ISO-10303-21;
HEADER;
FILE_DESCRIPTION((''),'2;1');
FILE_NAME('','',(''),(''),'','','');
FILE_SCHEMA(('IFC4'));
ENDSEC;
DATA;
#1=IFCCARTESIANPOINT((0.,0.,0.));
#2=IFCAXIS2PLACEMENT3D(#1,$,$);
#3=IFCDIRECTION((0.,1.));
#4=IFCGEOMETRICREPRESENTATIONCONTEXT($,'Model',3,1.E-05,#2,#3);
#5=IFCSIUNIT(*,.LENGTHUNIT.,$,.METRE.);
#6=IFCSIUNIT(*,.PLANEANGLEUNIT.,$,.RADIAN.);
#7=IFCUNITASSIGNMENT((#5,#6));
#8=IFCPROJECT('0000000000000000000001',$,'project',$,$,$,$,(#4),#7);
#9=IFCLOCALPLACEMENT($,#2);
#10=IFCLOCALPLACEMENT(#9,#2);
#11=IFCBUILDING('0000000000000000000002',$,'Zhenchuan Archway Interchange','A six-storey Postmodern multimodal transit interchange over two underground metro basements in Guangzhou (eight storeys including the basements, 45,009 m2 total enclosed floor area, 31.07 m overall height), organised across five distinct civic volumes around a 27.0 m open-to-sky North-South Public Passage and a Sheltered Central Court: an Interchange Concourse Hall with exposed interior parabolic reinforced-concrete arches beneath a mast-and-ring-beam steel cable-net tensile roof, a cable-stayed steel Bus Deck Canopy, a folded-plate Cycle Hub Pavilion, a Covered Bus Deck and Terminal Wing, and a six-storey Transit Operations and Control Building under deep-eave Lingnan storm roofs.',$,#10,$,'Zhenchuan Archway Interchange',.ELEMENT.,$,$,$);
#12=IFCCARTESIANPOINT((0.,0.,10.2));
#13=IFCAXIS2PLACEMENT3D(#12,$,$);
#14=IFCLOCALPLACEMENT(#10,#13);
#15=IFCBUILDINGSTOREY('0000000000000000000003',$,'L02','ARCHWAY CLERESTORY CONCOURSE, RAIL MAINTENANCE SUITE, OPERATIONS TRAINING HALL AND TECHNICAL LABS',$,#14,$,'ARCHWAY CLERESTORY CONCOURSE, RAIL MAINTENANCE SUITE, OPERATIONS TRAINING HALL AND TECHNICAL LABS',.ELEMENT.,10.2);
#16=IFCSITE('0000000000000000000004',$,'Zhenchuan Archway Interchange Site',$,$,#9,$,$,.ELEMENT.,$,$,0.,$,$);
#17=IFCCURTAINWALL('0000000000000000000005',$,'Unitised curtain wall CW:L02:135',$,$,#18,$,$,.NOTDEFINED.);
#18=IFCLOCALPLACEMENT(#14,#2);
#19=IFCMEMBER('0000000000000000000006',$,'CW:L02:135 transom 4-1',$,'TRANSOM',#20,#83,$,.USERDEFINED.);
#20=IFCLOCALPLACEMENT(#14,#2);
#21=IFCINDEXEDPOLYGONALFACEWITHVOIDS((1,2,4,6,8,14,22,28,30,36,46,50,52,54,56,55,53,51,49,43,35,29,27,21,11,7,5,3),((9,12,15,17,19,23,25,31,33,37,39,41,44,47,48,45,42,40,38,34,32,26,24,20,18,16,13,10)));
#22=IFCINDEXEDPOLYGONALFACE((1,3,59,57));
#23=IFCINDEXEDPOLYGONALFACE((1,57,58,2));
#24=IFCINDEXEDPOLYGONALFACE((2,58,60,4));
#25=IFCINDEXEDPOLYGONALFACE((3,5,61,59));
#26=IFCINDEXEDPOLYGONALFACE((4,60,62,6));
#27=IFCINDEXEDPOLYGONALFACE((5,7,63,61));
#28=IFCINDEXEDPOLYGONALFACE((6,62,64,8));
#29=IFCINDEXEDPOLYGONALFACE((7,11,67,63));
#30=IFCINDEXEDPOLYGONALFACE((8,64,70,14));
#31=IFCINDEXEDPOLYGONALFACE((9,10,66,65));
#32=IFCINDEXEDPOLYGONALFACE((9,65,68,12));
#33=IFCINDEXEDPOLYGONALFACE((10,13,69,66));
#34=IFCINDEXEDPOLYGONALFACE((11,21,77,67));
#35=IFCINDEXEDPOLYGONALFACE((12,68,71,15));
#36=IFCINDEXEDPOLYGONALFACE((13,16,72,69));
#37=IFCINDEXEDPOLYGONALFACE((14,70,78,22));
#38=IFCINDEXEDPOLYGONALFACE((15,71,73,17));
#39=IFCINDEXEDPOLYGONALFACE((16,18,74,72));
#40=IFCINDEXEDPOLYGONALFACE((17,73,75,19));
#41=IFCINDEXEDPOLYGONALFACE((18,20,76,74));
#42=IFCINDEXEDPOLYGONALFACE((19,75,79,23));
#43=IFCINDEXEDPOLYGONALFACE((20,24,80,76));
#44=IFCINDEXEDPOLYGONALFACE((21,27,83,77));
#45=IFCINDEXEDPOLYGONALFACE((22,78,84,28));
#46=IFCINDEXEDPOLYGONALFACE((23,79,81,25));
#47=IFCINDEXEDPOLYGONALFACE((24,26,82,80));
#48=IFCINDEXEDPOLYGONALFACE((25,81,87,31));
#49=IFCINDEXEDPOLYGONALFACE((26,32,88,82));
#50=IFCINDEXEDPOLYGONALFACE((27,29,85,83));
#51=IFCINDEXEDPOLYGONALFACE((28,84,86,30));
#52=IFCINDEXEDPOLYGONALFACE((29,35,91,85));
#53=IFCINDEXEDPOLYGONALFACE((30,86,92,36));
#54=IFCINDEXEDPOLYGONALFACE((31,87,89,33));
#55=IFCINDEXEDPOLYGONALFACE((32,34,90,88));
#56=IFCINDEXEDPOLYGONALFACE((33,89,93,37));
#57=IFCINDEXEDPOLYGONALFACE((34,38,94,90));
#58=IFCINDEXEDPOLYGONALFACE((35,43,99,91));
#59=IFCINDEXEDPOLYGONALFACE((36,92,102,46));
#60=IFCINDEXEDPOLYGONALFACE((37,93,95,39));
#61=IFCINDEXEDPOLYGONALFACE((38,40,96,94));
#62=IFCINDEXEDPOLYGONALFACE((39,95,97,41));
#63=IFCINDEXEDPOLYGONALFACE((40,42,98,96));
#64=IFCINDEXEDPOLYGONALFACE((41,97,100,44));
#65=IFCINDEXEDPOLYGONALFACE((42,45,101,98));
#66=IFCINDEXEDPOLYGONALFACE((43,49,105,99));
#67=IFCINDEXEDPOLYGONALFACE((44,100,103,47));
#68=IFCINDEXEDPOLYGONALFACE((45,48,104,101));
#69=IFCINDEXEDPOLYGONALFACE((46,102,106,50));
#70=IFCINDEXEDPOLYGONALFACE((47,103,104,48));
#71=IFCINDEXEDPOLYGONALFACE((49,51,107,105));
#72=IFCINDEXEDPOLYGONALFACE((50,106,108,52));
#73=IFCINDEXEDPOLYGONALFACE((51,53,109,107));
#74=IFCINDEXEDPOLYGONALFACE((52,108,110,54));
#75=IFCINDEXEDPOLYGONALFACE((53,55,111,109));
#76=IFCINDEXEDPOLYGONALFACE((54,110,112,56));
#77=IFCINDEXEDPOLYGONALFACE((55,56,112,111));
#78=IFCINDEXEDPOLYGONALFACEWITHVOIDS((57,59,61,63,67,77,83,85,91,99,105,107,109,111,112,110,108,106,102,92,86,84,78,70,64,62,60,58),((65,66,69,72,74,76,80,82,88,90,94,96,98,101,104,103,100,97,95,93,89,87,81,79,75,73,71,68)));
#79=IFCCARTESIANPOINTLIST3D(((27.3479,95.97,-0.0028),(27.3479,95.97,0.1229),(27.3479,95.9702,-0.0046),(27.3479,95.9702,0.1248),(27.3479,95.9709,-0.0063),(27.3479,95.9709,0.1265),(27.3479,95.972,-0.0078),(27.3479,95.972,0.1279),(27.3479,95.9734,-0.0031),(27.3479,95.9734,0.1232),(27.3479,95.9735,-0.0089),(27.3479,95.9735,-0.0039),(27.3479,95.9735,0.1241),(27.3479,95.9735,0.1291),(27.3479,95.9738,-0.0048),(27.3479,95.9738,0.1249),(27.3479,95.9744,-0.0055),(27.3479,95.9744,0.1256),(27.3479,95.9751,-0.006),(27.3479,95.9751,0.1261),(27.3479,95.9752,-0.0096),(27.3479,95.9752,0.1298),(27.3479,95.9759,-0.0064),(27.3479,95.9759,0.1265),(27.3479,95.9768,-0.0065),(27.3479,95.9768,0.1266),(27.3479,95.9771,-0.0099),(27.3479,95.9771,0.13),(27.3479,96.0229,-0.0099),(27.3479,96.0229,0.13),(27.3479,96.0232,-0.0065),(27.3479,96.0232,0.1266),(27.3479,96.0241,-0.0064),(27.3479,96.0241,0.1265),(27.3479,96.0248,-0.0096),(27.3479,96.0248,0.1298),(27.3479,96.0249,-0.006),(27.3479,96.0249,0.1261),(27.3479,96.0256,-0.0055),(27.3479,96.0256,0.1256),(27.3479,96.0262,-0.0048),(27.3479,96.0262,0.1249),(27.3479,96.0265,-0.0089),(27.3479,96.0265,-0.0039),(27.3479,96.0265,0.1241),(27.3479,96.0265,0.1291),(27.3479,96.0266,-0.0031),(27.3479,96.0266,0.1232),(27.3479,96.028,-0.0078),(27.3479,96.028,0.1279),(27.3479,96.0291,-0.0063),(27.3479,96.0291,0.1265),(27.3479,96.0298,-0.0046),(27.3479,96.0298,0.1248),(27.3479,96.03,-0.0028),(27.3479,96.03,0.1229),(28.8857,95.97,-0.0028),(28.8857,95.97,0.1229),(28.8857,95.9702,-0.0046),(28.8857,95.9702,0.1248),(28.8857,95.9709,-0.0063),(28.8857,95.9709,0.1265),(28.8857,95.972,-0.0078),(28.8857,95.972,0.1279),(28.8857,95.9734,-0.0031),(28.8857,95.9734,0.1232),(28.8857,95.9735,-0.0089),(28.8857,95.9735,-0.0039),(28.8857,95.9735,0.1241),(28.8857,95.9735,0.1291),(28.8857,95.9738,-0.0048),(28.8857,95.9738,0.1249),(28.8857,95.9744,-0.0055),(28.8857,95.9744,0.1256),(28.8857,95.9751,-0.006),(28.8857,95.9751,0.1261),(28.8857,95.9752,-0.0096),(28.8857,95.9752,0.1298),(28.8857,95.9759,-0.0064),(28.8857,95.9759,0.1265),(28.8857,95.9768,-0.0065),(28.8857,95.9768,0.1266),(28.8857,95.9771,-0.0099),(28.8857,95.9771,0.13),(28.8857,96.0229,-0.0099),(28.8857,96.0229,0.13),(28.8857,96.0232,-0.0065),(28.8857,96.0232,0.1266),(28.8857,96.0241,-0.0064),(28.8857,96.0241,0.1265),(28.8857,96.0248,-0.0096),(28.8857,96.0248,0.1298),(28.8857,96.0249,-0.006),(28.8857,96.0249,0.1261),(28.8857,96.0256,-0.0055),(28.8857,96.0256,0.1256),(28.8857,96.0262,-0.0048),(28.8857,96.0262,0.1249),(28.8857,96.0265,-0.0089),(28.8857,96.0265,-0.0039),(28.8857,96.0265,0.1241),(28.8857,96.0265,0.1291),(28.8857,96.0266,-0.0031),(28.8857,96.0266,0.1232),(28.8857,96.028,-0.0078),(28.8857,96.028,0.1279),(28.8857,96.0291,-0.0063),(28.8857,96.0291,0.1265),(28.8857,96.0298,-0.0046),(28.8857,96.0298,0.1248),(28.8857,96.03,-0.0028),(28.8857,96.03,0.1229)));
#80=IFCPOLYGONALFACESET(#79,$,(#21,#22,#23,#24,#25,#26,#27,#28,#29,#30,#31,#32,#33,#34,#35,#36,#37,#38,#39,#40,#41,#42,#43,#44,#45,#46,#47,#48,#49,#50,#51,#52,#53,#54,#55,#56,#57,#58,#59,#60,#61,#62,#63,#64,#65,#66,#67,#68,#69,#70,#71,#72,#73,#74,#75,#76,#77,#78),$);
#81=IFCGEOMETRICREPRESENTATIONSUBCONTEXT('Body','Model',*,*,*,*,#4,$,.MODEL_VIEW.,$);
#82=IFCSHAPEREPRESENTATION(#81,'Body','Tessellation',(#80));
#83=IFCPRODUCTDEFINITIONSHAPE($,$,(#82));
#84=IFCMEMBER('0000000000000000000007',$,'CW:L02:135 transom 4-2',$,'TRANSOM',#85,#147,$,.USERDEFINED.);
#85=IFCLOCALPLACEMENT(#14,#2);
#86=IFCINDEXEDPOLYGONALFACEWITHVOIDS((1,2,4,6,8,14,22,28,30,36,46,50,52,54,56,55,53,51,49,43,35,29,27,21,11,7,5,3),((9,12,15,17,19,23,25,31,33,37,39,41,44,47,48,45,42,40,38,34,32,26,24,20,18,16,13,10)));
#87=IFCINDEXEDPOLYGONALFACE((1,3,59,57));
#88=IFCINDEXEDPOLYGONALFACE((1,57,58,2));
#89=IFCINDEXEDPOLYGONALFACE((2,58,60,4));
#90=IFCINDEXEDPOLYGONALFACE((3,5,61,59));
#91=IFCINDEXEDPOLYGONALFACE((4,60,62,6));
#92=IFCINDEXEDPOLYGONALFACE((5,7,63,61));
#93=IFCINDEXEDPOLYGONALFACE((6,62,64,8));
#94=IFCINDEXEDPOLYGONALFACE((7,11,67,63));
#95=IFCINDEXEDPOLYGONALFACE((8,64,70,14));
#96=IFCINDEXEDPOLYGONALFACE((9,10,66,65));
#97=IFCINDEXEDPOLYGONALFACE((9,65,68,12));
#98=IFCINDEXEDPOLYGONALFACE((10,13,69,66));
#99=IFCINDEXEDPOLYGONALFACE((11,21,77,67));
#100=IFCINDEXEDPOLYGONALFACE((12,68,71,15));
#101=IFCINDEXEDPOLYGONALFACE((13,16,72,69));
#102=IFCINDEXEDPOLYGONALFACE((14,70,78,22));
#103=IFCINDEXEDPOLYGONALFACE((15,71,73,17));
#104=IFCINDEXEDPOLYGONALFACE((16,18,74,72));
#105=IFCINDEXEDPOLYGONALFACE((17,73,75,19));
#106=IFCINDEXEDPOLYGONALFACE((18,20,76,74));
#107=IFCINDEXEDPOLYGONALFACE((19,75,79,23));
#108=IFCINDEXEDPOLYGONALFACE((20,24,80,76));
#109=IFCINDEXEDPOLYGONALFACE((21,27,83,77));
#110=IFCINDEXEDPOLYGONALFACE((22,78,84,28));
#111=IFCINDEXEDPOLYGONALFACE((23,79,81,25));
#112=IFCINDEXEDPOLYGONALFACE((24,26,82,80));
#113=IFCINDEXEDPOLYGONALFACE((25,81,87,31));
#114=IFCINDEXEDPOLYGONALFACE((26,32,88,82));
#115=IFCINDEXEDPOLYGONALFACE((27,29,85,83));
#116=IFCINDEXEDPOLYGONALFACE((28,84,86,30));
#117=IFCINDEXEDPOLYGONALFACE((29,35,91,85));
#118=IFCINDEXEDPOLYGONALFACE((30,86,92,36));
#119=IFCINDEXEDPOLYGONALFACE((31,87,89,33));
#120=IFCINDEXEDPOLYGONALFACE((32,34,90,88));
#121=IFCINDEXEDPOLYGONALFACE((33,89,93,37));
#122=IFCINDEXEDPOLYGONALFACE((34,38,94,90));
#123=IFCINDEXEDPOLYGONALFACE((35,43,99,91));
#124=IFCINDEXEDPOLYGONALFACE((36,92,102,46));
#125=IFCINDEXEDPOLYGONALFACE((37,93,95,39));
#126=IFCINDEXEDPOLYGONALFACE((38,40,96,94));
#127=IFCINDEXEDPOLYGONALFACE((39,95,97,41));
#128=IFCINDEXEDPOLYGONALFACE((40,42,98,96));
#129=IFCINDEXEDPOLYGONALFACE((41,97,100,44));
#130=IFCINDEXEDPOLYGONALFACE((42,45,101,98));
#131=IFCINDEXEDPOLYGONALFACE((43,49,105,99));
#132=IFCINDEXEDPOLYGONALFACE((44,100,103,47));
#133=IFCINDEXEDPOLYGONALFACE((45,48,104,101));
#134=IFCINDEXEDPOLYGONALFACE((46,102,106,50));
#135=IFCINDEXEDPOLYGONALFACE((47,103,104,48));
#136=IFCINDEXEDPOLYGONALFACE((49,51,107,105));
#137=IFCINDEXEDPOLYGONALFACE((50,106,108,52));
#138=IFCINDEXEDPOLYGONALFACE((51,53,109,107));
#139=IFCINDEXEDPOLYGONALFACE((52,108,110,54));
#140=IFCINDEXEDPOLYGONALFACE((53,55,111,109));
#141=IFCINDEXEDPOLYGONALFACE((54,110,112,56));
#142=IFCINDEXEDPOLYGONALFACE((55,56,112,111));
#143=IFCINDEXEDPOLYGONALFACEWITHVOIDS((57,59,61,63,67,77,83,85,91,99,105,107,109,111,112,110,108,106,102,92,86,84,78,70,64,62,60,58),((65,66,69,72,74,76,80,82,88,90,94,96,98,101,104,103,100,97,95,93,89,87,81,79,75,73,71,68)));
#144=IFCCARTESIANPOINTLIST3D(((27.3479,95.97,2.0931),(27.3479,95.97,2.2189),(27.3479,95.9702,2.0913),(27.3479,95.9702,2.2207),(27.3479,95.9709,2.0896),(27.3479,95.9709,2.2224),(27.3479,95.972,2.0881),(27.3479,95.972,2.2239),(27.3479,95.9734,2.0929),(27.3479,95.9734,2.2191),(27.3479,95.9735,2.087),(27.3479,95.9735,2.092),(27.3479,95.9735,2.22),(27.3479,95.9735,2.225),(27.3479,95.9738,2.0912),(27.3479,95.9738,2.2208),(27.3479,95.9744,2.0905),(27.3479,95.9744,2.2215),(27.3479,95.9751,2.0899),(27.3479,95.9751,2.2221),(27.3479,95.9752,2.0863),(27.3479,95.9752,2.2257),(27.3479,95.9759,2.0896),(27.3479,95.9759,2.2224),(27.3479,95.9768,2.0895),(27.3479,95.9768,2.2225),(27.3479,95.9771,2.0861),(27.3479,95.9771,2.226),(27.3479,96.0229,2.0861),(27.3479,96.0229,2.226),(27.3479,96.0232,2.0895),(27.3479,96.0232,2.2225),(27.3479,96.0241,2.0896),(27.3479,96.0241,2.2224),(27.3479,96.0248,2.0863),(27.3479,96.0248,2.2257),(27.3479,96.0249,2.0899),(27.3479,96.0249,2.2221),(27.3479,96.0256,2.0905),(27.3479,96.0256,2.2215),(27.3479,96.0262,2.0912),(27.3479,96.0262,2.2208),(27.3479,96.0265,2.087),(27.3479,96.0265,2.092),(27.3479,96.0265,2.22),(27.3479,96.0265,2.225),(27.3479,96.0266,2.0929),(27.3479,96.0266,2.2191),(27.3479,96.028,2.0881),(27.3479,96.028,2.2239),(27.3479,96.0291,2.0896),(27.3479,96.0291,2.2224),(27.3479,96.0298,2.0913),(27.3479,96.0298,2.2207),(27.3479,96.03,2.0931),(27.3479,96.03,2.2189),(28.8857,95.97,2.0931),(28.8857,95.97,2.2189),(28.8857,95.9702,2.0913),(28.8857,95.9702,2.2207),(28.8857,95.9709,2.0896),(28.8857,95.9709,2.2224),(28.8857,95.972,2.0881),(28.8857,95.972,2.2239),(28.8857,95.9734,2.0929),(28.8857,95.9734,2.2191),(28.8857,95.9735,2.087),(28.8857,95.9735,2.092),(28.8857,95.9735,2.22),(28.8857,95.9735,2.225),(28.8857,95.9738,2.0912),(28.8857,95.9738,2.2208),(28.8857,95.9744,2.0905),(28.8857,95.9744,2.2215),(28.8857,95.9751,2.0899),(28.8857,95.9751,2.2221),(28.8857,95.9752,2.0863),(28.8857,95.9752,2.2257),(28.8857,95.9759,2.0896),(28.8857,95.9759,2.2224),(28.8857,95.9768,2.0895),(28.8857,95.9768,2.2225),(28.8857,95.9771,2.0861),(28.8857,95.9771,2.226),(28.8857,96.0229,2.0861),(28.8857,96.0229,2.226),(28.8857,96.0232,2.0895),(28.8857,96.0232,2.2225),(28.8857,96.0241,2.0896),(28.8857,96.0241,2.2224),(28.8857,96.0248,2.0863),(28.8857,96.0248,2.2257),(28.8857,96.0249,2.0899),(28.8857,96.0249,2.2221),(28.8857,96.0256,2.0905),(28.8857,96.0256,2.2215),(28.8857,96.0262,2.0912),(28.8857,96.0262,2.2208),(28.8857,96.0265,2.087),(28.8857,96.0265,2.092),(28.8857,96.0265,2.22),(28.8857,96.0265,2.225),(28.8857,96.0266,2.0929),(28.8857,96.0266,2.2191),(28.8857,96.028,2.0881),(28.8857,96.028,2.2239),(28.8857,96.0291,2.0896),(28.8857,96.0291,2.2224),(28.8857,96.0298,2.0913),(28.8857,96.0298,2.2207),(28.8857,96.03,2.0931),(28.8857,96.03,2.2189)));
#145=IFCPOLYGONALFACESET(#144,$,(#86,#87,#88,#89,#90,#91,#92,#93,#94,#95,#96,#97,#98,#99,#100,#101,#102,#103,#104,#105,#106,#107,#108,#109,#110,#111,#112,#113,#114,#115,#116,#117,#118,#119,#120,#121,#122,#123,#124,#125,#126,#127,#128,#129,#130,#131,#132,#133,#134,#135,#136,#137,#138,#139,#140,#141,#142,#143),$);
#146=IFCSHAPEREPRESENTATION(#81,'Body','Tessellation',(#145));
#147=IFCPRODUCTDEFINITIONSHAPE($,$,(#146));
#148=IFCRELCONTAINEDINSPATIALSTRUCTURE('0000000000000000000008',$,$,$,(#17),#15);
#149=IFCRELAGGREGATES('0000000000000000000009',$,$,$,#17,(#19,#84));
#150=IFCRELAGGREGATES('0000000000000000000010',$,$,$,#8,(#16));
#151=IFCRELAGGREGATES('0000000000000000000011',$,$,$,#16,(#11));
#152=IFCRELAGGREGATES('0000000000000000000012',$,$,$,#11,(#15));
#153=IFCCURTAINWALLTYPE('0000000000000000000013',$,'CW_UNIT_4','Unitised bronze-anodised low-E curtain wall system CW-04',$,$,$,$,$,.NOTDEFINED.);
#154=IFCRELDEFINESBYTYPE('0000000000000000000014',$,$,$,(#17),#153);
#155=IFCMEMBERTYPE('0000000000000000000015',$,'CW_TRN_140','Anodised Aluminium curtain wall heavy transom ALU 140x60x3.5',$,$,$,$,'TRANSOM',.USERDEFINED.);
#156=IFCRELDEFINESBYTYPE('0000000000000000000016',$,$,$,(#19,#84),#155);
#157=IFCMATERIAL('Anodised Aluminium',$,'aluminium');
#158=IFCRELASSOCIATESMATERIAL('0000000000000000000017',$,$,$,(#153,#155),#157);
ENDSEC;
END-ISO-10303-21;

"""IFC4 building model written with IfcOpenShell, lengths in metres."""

from ifc_helpers import new_model, si_unit, direction, frame, origin, origin_2d, place, context, subcontext, project, spatial, hollow_rectangle, extrude, material, material_profile, profile_set, type_object, element, aggregate, save


model = new_model("IFC4")

# Units and contexts
model_context = context("Model", 3, precision=1e-05, world=origin(), true_north=direction((0.0, 1.0)))
body_context = subcontext(model_context, "Body", "Model", "MODEL_VIEW")
ifc_project = project(units=[si_unit("LENGTHUNIT", "METRE"), si_unit("PLANEANGLEUNIT", "RADIAN")], contexts=[model_context])

# Site, building, storey
site_placement = place(None, origin())
site = spatial("IfcSite", under=ifc_project, at=site_placement, Name="Zhenchuan Archway Interchange Site", CompositionType="ELEMENT", RefElevation=0.0)
building_placement = place(site_placement, origin())
building = spatial("IfcBuilding", under=site, at=building_placement, Name="Zhenchuan Archway Interchange", Description="A six-storey Postmodern multimodal transit interchange over two underground metro basements in Guangzhou (eight storeys including the basements, 45,009 m2 total enclosed floor area, 31.07 m overall height), organised across five distinct civic volumes around a 27.0 m open-to-sky North-South Public Passage and a Sheltered Central Court: an Interchange Concourse Hall with exposed interior parabolic reinforced-concrete arches beneath a mast-and-ring-beam steel cable-net tensile roof, a cable-stayed steel Bus Deck Canopy, a folded-plate Cycle Hub Pavilion, a Covered Bus Deck and Terminal Wing, and a six-storey Transit Operations and Control Building under deep-eave Lingnan storm roofs.", LongName="Zhenchuan Archway Interchange", CompositionType="ELEMENT")
storey_placement = place(building_placement, frame((0.0, 0.0, 10.2)))
storey = spatial("IfcBuildingStorey", under=building, at=storey_placement, Name="L02", Description="ARCHWAY CLERESTORY CONCOURSE, RAIL MAINTENANCE SUITE, OPERATIONS TRAINING HALL AND TECHNICAL LABS", LongName="ARCHWAY CLERESTORY CONCOURSE, RAIL MAINTENANCE SUITE, OPERATIONS TRAINING HALL AND TECHNICAL LABS", CompositionType="ELEMENT", Elevation=10.2)

# Curtain wall
ifc_material_1 = material(Name="Anodised Aluminium", Category="aluminium")
curtain_wall_type_1 = type_object("IfcCurtainWallType", Name="CW_UNIT_4", Description="Unitised bronze-anodised low-E curtain wall system CW-04", PredefinedType="NOTDEFINED", material=ifc_material_1)
curtain_wall_1_placement = place(storey_placement, origin())
curtain_wall_1 = element("IfcCurtainWall", 1, at=curtain_wall_1_placement, inside=storey, type_object=curtain_wall_type_1, Name="Unitised curtain wall CW:L02:135", PredefinedType="NOTDEFINED")

# Members
ifc_material_profile_1 = material_profile(ifc_material_1, hollow_rectangle(XDim=0.0601, YDim=0.1399, WallThickness=0.0034, InnerFilletRadius=0.0034, OuterFilletRadius=0.0071, at=origin_2d()), Name="ALU 140x60x3.5")
ifc_profile_set_1 = profile_set([ifc_material_profile_1], Name="Anodised Aluminium")
member_type_1 = type_object("IfcMemberType", Name="CW_TRN_140", Description="Anodised Aluminium curtain wall heavy transom ALU 140x60x3.5", ElementType="TRANSOM", PredefinedType="USERDEFINED", material=ifc_profile_set_1)
member_1_placement = place(storey_placement, frame((28.8857, 96.0, 0.0601), z_axis=(-1.0, 0.0, 0.0), x_axis=(0.0, -1.0, 0.0)))
member_1 = element("IfcMember", 2, at=member_1_placement, type_object=member_type_1, Name="CW:L02:135 transom 4-1", ObjectType="TRANSOM", PredefinedType="USERDEFINED", context=body_context, shape_type="SweptSolid", body=[
    extrude(hollow_rectangle(XDim=0.0601, YDim=0.1399, WallThickness=0.0034, InnerFilletRadius=0.0034, OuterFilletRadius=0.0071, at=origin_2d()), origin(), (0.0, 0.0, 1.0), 1.5378),
])
member_2_placement = place(storey_placement, frame((28.8857, 96.0, 2.156), z_axis=(-1.0, 0.0, 0.0), x_axis=(0.0, -1.0, 0.0)))
member_2 = element("IfcMember", 3, at=member_2_placement, type_object=member_type_1, Name="CW:L02:135 transom 4-2", ObjectType="TRANSOM", PredefinedType="USERDEFINED", context=body_context, shape_type="SweptSolid", body=[
    extrude(hollow_rectangle(XDim=0.0601, YDim=0.1399, WallThickness=0.0034, InnerFilletRadius=0.0034, OuterFilletRadius=0.0071, at=origin_2d()), origin(), (0.0, 0.0, 1.0), 1.5378),
])

aggregate(curtain_wall_1, [member_1, member_2])

save(model, "model.ifc")
